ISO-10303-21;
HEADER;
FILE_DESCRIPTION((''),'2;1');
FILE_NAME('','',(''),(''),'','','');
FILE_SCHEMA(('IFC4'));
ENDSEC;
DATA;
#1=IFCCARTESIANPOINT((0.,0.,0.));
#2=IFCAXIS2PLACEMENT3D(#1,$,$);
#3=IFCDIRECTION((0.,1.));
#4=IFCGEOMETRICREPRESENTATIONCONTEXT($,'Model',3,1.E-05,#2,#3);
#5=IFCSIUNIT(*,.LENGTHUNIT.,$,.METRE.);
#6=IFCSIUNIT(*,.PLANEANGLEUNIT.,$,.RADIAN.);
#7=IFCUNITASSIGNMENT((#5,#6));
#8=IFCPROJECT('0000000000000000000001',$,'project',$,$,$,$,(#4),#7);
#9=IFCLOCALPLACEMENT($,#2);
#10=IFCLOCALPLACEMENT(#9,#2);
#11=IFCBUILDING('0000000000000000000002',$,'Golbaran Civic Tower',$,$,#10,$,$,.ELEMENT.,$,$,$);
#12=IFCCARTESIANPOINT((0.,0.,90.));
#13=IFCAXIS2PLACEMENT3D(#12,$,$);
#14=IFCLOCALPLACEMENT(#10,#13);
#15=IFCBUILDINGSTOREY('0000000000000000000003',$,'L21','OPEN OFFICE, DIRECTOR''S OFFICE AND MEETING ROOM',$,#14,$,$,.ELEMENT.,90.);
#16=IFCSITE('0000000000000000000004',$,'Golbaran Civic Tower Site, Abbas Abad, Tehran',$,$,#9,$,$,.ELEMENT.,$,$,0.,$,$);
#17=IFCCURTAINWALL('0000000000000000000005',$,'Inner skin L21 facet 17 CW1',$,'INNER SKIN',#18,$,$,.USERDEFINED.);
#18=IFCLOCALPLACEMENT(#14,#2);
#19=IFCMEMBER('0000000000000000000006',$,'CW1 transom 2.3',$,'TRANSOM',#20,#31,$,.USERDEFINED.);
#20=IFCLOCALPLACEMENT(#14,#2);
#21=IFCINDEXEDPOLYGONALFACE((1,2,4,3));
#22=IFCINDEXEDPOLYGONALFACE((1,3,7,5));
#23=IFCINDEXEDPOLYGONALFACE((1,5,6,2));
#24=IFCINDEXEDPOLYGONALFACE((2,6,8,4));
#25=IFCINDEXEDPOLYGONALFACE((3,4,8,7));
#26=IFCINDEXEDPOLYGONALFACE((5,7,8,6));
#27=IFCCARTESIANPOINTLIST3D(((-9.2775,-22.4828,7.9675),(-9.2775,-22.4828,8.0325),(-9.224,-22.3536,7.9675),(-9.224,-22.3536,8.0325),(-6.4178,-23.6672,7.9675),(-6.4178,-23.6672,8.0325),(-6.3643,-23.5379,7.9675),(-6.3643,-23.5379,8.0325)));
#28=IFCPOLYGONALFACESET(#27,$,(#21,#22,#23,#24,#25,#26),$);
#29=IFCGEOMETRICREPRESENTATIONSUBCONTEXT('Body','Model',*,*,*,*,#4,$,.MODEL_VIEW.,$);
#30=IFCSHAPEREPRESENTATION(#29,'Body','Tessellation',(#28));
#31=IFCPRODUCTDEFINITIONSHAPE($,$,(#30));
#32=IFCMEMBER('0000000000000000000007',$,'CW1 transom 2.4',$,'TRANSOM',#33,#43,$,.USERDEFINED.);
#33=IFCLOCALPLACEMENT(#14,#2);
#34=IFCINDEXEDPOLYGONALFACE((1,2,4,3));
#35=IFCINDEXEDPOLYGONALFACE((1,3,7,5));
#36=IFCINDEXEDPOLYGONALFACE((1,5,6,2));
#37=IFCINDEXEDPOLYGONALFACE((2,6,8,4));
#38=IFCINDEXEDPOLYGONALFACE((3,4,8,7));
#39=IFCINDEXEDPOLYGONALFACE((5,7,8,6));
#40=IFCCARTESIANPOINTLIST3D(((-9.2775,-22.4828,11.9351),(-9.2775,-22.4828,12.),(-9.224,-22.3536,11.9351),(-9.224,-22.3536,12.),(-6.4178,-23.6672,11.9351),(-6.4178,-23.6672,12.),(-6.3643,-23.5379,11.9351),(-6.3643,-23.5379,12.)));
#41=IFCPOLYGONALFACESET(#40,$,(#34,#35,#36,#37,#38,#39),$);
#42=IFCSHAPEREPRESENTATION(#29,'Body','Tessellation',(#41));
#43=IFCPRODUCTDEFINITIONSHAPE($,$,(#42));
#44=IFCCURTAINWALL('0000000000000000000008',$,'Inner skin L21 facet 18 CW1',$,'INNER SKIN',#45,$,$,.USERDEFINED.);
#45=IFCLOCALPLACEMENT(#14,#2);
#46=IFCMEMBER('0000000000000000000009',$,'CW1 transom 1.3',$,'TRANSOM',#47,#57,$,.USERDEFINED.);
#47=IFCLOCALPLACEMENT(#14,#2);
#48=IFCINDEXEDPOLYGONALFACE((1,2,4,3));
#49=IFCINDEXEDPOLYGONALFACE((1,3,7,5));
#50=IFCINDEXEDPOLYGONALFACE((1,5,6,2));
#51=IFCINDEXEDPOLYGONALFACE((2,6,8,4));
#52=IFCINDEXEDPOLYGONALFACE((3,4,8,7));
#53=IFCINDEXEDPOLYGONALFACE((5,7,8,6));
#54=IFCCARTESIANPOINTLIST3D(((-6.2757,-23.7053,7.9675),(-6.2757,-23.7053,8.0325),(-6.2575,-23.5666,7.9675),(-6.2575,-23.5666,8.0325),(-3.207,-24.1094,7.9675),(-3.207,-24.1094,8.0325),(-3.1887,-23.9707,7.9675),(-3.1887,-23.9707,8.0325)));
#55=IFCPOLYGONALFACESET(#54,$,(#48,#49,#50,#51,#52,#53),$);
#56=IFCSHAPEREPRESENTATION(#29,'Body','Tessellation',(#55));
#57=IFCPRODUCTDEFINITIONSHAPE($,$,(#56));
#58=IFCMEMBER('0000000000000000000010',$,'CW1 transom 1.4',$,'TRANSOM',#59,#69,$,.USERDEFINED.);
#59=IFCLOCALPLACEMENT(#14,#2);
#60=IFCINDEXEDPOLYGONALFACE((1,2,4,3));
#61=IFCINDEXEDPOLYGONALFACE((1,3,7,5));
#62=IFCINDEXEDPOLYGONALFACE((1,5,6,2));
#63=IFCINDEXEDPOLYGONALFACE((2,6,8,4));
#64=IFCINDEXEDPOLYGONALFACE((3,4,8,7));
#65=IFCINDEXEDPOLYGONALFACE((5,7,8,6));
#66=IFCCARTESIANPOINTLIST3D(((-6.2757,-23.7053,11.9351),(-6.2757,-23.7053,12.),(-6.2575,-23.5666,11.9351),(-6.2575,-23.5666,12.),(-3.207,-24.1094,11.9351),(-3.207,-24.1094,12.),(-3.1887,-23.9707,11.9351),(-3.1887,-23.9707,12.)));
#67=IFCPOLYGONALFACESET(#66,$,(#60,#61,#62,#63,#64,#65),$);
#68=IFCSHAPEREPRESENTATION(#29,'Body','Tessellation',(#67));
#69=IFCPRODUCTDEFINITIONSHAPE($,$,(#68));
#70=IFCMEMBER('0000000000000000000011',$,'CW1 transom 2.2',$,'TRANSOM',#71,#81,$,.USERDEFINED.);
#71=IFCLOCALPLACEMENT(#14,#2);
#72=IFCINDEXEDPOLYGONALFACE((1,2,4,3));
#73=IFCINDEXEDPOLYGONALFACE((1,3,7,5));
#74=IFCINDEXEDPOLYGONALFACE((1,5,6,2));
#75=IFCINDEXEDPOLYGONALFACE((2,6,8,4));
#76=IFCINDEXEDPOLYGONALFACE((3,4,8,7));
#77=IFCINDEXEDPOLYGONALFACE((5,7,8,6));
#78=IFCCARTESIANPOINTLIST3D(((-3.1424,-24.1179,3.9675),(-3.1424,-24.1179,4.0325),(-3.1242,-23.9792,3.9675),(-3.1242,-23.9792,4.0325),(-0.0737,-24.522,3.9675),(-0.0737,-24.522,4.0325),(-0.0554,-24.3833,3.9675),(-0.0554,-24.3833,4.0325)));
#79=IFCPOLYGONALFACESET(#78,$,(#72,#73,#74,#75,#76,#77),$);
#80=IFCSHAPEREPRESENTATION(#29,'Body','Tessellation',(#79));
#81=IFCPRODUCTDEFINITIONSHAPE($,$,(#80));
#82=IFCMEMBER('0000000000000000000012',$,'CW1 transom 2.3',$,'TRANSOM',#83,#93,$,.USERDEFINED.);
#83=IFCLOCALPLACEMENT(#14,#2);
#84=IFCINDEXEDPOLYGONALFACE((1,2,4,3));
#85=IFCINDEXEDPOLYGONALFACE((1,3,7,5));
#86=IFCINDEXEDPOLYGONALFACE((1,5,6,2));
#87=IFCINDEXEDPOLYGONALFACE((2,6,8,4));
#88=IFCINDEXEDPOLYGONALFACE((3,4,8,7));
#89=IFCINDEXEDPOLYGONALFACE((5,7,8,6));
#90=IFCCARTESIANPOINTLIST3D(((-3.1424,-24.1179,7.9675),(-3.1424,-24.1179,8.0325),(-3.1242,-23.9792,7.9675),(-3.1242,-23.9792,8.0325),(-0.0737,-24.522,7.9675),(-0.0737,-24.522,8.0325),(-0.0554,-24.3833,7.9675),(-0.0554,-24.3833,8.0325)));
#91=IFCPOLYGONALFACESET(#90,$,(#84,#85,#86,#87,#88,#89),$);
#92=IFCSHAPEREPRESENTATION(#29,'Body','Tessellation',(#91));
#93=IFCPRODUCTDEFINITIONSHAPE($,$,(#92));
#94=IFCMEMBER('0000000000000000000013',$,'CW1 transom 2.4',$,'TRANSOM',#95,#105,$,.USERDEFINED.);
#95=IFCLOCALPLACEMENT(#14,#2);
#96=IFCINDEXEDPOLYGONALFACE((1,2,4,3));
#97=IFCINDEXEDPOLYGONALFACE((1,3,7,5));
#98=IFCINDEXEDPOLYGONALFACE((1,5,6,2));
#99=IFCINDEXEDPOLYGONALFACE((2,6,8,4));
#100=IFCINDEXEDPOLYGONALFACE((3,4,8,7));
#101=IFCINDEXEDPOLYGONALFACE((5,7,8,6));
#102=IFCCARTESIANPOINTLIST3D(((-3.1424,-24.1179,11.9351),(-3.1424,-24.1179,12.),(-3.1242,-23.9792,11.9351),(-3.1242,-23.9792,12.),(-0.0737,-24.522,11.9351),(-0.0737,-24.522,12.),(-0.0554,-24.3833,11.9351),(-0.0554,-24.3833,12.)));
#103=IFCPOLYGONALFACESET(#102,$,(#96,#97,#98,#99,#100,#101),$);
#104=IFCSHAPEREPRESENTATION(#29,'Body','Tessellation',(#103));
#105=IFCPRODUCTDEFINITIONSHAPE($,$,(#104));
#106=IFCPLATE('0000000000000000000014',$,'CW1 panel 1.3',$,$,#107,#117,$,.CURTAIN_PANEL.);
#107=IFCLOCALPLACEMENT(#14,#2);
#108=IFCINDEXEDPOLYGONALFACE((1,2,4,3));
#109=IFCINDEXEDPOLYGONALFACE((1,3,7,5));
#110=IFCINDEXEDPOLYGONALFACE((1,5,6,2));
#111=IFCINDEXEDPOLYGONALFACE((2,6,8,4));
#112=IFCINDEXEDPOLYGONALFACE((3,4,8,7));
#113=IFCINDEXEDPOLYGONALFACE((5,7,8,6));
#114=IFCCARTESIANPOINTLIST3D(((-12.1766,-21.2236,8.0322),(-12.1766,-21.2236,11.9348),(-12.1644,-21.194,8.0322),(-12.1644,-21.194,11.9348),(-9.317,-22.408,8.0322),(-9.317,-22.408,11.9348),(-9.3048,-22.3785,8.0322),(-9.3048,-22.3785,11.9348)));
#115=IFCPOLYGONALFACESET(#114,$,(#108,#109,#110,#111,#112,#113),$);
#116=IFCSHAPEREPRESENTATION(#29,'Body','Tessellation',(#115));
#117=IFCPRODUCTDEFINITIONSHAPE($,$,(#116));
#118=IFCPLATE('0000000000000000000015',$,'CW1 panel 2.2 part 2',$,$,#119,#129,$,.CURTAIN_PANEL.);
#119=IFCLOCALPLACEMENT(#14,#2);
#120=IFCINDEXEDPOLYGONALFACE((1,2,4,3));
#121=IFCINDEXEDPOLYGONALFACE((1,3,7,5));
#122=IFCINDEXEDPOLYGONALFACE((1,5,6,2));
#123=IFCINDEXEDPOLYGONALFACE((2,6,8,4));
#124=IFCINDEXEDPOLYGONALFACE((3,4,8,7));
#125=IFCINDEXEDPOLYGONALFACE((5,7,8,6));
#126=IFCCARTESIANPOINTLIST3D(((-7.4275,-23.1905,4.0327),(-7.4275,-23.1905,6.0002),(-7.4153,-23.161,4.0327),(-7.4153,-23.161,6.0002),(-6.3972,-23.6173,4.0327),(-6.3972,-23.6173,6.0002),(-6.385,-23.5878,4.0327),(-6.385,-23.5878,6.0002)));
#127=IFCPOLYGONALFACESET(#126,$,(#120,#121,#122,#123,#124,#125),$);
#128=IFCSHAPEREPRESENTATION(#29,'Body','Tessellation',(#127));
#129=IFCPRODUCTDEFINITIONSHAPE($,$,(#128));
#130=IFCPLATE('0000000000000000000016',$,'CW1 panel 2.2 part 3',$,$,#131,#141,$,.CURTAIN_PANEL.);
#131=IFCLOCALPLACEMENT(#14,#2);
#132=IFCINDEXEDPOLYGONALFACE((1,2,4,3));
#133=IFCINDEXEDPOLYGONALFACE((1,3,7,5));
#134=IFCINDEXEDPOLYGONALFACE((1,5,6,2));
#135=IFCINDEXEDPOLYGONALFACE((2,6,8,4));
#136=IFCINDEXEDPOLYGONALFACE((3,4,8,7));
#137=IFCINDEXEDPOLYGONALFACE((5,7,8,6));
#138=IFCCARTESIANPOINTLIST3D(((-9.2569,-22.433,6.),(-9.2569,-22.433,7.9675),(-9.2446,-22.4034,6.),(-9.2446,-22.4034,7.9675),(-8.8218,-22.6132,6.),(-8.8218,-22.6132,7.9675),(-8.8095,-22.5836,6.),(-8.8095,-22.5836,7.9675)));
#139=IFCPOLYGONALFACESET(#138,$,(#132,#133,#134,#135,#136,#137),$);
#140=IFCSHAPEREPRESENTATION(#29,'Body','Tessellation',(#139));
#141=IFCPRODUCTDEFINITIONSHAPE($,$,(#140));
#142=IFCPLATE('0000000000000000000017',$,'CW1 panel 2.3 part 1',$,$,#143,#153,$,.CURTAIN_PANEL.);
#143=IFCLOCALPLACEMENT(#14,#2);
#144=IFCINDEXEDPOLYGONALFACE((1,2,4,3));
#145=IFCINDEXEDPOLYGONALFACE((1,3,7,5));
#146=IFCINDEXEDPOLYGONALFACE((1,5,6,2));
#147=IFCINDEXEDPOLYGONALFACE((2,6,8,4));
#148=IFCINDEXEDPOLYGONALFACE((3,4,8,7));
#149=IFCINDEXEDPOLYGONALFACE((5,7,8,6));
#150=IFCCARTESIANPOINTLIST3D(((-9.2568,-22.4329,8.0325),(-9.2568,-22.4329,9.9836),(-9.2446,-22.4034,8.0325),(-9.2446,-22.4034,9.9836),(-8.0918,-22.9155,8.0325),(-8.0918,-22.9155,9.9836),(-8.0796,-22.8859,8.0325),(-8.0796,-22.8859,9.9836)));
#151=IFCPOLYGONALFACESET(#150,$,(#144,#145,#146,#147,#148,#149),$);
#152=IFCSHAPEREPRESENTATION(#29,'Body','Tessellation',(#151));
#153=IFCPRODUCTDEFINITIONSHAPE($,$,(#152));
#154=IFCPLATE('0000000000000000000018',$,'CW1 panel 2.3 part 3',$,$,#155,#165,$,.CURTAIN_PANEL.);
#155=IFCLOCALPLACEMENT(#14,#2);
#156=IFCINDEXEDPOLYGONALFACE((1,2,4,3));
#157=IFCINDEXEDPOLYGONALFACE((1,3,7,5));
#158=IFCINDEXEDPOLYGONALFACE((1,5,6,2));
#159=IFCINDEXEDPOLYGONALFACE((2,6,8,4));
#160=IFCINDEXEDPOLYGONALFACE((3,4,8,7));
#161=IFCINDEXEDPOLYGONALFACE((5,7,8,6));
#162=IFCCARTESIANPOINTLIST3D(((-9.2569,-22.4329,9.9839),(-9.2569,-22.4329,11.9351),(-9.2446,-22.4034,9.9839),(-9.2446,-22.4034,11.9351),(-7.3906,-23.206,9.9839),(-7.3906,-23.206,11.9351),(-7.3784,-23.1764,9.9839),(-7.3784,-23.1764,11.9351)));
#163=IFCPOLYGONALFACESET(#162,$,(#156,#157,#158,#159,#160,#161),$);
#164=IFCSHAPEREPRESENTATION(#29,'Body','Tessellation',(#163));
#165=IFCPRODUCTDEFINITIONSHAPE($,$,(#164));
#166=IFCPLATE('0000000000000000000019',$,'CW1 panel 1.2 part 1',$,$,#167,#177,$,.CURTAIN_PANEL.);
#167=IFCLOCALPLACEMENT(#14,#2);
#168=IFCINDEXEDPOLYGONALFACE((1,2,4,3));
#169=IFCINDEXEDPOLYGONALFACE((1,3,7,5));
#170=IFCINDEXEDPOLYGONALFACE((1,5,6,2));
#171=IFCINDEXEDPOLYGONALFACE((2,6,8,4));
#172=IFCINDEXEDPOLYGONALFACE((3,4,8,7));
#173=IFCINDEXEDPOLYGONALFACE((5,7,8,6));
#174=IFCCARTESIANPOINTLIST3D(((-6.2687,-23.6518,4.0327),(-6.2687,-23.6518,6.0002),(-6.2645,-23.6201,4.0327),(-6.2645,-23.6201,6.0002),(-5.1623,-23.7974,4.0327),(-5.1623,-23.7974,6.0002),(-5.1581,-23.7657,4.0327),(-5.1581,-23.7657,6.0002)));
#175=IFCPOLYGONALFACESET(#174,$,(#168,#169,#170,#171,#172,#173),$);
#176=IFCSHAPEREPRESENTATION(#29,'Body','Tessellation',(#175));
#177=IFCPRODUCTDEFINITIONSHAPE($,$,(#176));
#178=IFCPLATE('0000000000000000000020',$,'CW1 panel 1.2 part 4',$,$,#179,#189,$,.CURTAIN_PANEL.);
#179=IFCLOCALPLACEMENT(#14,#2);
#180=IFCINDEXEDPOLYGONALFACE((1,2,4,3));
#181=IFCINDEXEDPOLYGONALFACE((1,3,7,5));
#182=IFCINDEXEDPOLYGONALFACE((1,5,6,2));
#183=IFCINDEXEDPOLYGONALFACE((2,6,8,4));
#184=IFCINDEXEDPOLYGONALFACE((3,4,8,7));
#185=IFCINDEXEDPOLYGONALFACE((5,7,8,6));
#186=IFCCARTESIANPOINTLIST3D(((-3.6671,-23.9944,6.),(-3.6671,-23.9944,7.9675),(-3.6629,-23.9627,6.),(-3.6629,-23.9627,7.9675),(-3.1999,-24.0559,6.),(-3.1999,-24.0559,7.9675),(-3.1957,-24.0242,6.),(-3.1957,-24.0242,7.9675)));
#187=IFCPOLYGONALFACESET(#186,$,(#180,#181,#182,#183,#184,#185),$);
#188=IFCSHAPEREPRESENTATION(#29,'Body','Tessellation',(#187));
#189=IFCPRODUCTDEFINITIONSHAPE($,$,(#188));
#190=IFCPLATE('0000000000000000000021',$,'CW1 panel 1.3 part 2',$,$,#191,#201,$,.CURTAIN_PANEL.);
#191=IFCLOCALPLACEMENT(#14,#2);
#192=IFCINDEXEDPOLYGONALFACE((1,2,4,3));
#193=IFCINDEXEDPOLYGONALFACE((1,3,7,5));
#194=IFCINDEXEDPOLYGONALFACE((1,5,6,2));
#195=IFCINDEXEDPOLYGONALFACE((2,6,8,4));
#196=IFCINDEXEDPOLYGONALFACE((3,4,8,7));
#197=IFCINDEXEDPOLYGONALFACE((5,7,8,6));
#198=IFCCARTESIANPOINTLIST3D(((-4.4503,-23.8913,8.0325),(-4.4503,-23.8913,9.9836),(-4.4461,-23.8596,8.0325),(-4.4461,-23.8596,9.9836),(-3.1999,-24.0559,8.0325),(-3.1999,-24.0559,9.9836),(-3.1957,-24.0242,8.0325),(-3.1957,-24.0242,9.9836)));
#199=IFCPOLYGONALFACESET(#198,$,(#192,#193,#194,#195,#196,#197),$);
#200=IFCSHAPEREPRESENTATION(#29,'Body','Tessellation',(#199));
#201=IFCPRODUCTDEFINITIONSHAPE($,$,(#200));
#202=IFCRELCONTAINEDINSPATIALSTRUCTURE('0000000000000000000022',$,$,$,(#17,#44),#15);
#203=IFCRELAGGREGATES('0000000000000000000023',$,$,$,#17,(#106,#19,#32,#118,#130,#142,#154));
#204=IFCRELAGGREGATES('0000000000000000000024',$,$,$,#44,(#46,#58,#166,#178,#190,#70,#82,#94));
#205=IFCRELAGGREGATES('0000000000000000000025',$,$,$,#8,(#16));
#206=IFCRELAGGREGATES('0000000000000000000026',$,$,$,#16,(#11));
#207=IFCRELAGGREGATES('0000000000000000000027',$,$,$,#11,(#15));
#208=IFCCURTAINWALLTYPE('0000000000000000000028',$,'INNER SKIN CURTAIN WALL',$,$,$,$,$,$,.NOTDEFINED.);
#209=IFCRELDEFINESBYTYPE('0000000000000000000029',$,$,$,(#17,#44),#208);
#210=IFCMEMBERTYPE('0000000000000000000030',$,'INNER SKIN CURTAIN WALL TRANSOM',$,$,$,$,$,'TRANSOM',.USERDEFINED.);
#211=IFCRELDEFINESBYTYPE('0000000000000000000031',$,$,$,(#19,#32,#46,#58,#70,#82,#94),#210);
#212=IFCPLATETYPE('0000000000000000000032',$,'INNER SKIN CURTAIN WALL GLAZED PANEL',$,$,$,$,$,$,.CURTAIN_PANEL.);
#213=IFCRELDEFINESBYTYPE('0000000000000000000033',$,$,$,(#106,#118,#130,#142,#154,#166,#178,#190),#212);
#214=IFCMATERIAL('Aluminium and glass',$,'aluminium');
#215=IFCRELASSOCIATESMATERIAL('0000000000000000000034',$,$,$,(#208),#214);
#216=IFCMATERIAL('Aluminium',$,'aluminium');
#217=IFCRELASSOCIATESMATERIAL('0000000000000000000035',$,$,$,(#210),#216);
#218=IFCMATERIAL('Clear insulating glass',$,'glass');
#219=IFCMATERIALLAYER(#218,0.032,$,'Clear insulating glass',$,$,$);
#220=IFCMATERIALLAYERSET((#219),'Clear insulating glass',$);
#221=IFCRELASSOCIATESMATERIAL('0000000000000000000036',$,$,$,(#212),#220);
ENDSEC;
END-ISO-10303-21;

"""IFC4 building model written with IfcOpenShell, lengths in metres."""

from ifc_helpers import new_model, si_unit, direction, frame, origin, origin_2d, place, context, subcontext, project, spatial, rectangle, extrude, material, layer, layer_set, material_profile, profile_set, type_object, element, aggregate, save


model = new_model("IFC4")

# Units and contexts
model_context = context("Model", 3, precision=1e-05, world=origin(), true_north=direction((0.0, 1.0)))
body_context = subcontext(model_context, "Body", "Model", "MODEL_VIEW")
ifc_project = project(units=[si_unit("LENGTHUNIT", "METRE"), si_unit("PLANEANGLEUNIT", "RADIAN")], contexts=[model_context])

# Site, building, storey
site_placement = place(None, origin())
site = spatial("IfcSite", under=ifc_project, at=site_placement, Name="Golbaran Civic Tower Site, Abbas Abad, Tehran", CompositionType="ELEMENT", RefElevation=0.0)
building_placement = place(site_placement, origin())
building = spatial("IfcBuilding", under=site, at=building_placement, Name="Golbaran Civic Tower", CompositionType="ELEMENT")
storey_placement = place(building_placement, frame((0.0, 0.0, 90.0)))
storey = spatial("IfcBuildingStorey", under=building, at=storey_placement, Name="L21", Description="OPEN OFFICE, DIRECTOR'S OFFICE AND MEETING ROOM", CompositionType="ELEMENT", Elevation=90.0)

# Curtain walls, members
ifc_material_1 = material(Name="Aluminium and glass", Category="aluminium")
curtain_wall_type = type_object("IfcCurtainWallType", Name="INNER SKIN CURTAIN WALL", PredefinedType="NOTDEFINED", material=ifc_material_1)
curtain_wall_1_placement = place(storey_placement, origin())
curtain_wall_1 = element("IfcCurtainWall", 1, at=curtain_wall_1_placement, inside=storey, type_object=curtain_wall_type, Name="Inner skin L21 facet 17 CW1", ObjectType="INNER SKIN", PredefinedType="USERDEFINED")
ifc_material_2 = material(Name="Aluminium", Category="aluminium")
ifc_material_profile = material_profile(ifc_material_2, rectangle(XDim=0.1399, YDim=0.0649, at=origin_2d()), Name="INNER SKIN CURTAIN WALL TRANSOM")
ifc_profile_set = profile_set([ifc_material_profile], Name="Aluminium")
member_type = type_object("IfcMemberType", Name="INNER SKIN CURTAIN WALL TRANSOM", ElementType="TRANSOM", PredefinedType="USERDEFINED", material=ifc_profile_set)
member_1_placement = place(storey_placement, frame((-9.2507, -22.4182, 8.0), z_axis=(0.923899, -0.382637, 0.0), x_axis=(0.382637, 0.923899, 0.0)))
member_1 = element("IfcMember", 2, at=member_1_placement, type_object=member_type, Name="CW1 transom 2.3", ObjectType="TRANSOM", PredefinedType="USERDEFINED", context=body_context, shape_type="SweptSolid", body=[
    extrude(rectangle(XDim=0.1399, YDim=0.0649, at=origin_2d()), origin(), (0.0, 0.0, 1.0), 3.0952),
])
member_2_placement = place(storey_placement, frame((-9.2507, -22.4182, 11.9675), z_axis=(0.923899, -0.382637, 0.0), x_axis=(0.382637, 0.923899, 0.0)))
member_2 = element("IfcMember", 3, at=member_2_placement, type_object=member_type, Name="CW1 transom 2.4", ObjectType="TRANSOM", PredefinedType="USERDEFINED", context=body_context, shape_type="SweptSolid", body=[
    extrude(rectangle(XDim=0.1399, YDim=0.0649, at=origin_2d()), origin(), (0.0, 0.0, 1.0), 3.0952),
])
curtain_wall_2_placement = place(storey_placement, origin())
curtain_wall_2 = element("IfcCurtainWall", 4, at=curtain_wall_2_placement, inside=storey, type_object=curtain_wall_type, Name="Inner skin L21 facet 18 CW1", ObjectType="INNER SKIN", PredefinedType="USERDEFINED")
member_3_placement = place(storey_placement, frame((-6.2666, -23.636, 8.0), z_axis=(0.991444, -0.130536, 0.0), x_axis=(0.130536, 0.991444, 0.0)))
member_3 = element("IfcMember", 5, at=member_3_placement, type_object=member_type, Name="CW1 transom 1.3", ObjectType="TRANSOM", PredefinedType="USERDEFINED", context=body_context, shape_type="SweptSolid", body=[
    extrude(rectangle(XDim=0.1399, YDim=0.0649, at=origin_2d()), origin(), (0.0, 0.0, 1.0), 3.0952),
])
member_4_placement = place(storey_placement, frame((-6.2666, -23.636, 11.9675), z_axis=(0.991444, -0.130536, 0.0), x_axis=(0.130536, 0.991444, 0.0)))
member_4 = element("IfcMember", 6, at=member_4_placement, type_object=member_type, Name="CW1 transom 1.4", ObjectType="TRANSOM", PredefinedType="USERDEFINED", context=body_context, shape_type="SweptSolid", body=[
    extrude(rectangle(XDim=0.1399, YDim=0.0649, at=origin_2d()), origin(), (0.0, 0.0, 1.0), 3.0952),
])
member_5_placement = place(storey_placement, frame((-3.1333, -24.0486, 4.0), z_axis=(0.991444, -0.130536, 0.0), x_axis=(0.130536, 0.991444, 0.0)))
member_5 = element("IfcMember", 7, at=member_5_placement, type_object=member_type, Name="CW1 transom 2.2", ObjectType="TRANSOM", PredefinedType="USERDEFINED", context=body_context, shape_type="SweptSolid", body=[
    extrude(rectangle(XDim=0.1399, YDim=0.0649, at=origin_2d()), origin(), (0.0, 0.0, 1.0), 3.0952),
])
member_6_placement = place(storey_placement, frame((-3.1333, -24.0486, 8.0), z_axis=(0.991444, -0.130536, 0.0), x_axis=(0.130536, 0.991444, 0.0)))
member_6 = element("IfcMember", 8, at=member_6_placement, type_object=member_type, Name="CW1 transom 2.3", ObjectType="TRANSOM", PredefinedType="USERDEFINED", context=body_context, shape_type="SweptSolid", body=[
    extrude(rectangle(XDim=0.1399, YDim=0.0649, at=origin_2d()), origin(), (0.0, 0.0, 1.0), 3.0952),
])
member_7_placement = place(storey_placement, frame((-3.1333, -24.0486, 11.9675), z_axis=(0.991444, -0.130536, 0.0), x_axis=(0.130536, 0.991444, 0.0)))
member_7 = element("IfcMember", 9, at=member_7_placement, type_object=member_type, Name="CW1 transom 2.4", ObjectType="TRANSOM", PredefinedType="USERDEFINED", context=body_context, shape_type="SweptSolid", body=[
    extrude(rectangle(XDim=0.1399, YDim=0.0649, at=origin_2d()), origin(), (0.0, 0.0, 1.0), 3.0952),
])

# Plates
ifc_material_3 = material(Name="Clear insulating glass", Category="glass")
ifc_layer_1 = layer(ifc_material_3, 0.032, Name="Clear insulating glass")
ifc_layer_set_1 = layer_set([ifc_layer_1], Name="Clear insulating glass")
plate_type_1 = type_object("IfcPlateType", Name="INNER SKIN CURTAIN WALL GLAZED PANEL", PredefinedType="CURTAIN_PANEL", material=ifc_layer_set_1)
plate_1_placement = place(storey_placement, frame((-10.7407, -21.801, 8.0322), z_axis=(0.0, 0.0, 1.0), x_axis=(0.92388, -0.382683, 0.0)))
plate_1 = element("IfcPlate", 10, at=plate_1_placement, type_object=plate_type_1, Name="CW1 panel 1.3", PredefinedType="CURTAIN_PANEL", context=body_context, shape_type="SweptSolid", body=[
    extrude(rectangle(XDim=3.0952, YDim=0.032, at=origin_2d()), origin(), (0.0, 0.0, 1.0), 3.9026),
])
plate_2_placement = place(storey_placement, frame((-6.9062, -23.3892, 4.0327), z_axis=(0.0, 0.0, 1.0), x_axis=(0.92388, -0.382683, 0.0)))
plate_2 = element("IfcPlate", 11, at=plate_2_placement, type_object=plate_type_1, Name="CW1 panel 2.2 part 2", PredefinedType="CURTAIN_PANEL", context=body_context, shape_type="SweptSolid", body=[
    extrude(rectangle(XDim=1.1152, YDim=0.032, at=origin_2d()), origin(), (0.0, 0.0, 1.0), 1.9675),
])
plate_3_placement = place(storey_placement, frame((-9.0332, -22.5083, 6.0), z_axis=(0.0, 0.0, 1.0), x_axis=(0.92388, -0.382683, 0.0)))
plate_3 = element("IfcPlate", 12, at=plate_3_placement, type_object=plate_type_1, Name="CW1 panel 2.2 part 3", PredefinedType="CURTAIN_PANEL", context=body_context, shape_type="SweptSolid", body=[
    extrude(rectangle(XDim=0.4709, YDim=0.032, at=origin_2d()), origin(), (0.0, 0.0, 1.0), 1.9675),
])
plate_4_placement = place(storey_placement, frame((-8.6682, -22.6594, 8.0325), z_axis=(0.0, 0.0, 1.0), x_axis=(0.92388, -0.382683, 0.0)))
plate_4 = element("IfcPlate", 13, at=plate_4_placement, type_object=plate_type_1, Name="CW1 panel 2.3 part 1", PredefinedType="CURTAIN_PANEL", context=body_context, shape_type="SweptSolid", body=[
    extrude(rectangle(XDim=1.261, YDim=0.032, at=origin_2d()), origin(), (0.0, 0.0, 1.0), 1.9512),
])
plate_5_placement = place(storey_placement, frame((-8.3176, -22.8047, 9.9839), z_axis=(0.0, 0.0, 1.0), x_axis=(0.92388, -0.382683, 0.0)))
plate_5 = element("IfcPlate", 14, at=plate_5_placement, type_object=plate_type_1, Name="CW1 panel 2.3 part 3", PredefinedType="CURTAIN_PANEL", context=body_context, shape_type="SweptSolid", body=[
    extrude(rectangle(XDim=2.02, YDim=0.032, at=origin_2d()), origin(), (0.0, 0.0, 1.0), 1.9512),
])
plate_6_placement = place(storey_placement, frame((-5.7134, -23.7087, 4.0327), z_axis=(0.0, 0.0, 1.0), x_axis=(0.991445, -0.130526, 0.0)))
plate_6 = element("IfcPlate", 15, at=plate_6_placement, type_object=plate_type_1, Name="CW1 panel 1.2 part 1", PredefinedType="CURTAIN_PANEL", context=body_context, shape_type="SweptSolid", body=[
    extrude(rectangle(XDim=1.116, YDim=0.032, at=origin_2d()), origin(), (0.0, 0.0, 1.0), 1.9675),
])
plate_7_placement = place(storey_placement, frame((-3.4314, -24.0093, 6.0), z_axis=(0.0, 0.0, 1.0), x_axis=(0.991445, -0.130526, 0.0)))
plate_7 = element("IfcPlate", 16, at=plate_7_placement, type_object=plate_type_1, Name="CW1 panel 1.2 part 4", PredefinedType="CURTAIN_PANEL", context=body_context, shape_type="SweptSolid", body=[
    extrude(rectangle(XDim=0.4712, YDim=0.032, at=origin_2d()), origin(), (0.0, 0.0, 1.0), 1.9675),
])
plate_8_placement = place(storey_placement, frame((-3.823, -23.9578, 8.0325), z_axis=(0.0, 0.0, 1.0), x_axis=(0.991445, -0.130526, 0.0)))
plate_8 = element("IfcPlate", 17, at=plate_8_placement, type_object=plate_type_1, Name="CW1 panel 1.3 part 2", PredefinedType="CURTAIN_PANEL", context=body_context, shape_type="SweptSolid", body=[
    extrude(rectangle(XDim=1.2612, YDim=0.032, at=origin_2d()), origin(), (0.0, 0.0, 1.0), 1.9512),
])
aggregate(curtain_wall_1, [plate_1, member_1, member_2, plate_2, plate_3, plate_4, plate_5])
aggregate(curtain_wall_2, [member_3, member_4, plate_6, plate_7, plate_8, member_5, member_6, member_7])

save(model, "model.ifc")
